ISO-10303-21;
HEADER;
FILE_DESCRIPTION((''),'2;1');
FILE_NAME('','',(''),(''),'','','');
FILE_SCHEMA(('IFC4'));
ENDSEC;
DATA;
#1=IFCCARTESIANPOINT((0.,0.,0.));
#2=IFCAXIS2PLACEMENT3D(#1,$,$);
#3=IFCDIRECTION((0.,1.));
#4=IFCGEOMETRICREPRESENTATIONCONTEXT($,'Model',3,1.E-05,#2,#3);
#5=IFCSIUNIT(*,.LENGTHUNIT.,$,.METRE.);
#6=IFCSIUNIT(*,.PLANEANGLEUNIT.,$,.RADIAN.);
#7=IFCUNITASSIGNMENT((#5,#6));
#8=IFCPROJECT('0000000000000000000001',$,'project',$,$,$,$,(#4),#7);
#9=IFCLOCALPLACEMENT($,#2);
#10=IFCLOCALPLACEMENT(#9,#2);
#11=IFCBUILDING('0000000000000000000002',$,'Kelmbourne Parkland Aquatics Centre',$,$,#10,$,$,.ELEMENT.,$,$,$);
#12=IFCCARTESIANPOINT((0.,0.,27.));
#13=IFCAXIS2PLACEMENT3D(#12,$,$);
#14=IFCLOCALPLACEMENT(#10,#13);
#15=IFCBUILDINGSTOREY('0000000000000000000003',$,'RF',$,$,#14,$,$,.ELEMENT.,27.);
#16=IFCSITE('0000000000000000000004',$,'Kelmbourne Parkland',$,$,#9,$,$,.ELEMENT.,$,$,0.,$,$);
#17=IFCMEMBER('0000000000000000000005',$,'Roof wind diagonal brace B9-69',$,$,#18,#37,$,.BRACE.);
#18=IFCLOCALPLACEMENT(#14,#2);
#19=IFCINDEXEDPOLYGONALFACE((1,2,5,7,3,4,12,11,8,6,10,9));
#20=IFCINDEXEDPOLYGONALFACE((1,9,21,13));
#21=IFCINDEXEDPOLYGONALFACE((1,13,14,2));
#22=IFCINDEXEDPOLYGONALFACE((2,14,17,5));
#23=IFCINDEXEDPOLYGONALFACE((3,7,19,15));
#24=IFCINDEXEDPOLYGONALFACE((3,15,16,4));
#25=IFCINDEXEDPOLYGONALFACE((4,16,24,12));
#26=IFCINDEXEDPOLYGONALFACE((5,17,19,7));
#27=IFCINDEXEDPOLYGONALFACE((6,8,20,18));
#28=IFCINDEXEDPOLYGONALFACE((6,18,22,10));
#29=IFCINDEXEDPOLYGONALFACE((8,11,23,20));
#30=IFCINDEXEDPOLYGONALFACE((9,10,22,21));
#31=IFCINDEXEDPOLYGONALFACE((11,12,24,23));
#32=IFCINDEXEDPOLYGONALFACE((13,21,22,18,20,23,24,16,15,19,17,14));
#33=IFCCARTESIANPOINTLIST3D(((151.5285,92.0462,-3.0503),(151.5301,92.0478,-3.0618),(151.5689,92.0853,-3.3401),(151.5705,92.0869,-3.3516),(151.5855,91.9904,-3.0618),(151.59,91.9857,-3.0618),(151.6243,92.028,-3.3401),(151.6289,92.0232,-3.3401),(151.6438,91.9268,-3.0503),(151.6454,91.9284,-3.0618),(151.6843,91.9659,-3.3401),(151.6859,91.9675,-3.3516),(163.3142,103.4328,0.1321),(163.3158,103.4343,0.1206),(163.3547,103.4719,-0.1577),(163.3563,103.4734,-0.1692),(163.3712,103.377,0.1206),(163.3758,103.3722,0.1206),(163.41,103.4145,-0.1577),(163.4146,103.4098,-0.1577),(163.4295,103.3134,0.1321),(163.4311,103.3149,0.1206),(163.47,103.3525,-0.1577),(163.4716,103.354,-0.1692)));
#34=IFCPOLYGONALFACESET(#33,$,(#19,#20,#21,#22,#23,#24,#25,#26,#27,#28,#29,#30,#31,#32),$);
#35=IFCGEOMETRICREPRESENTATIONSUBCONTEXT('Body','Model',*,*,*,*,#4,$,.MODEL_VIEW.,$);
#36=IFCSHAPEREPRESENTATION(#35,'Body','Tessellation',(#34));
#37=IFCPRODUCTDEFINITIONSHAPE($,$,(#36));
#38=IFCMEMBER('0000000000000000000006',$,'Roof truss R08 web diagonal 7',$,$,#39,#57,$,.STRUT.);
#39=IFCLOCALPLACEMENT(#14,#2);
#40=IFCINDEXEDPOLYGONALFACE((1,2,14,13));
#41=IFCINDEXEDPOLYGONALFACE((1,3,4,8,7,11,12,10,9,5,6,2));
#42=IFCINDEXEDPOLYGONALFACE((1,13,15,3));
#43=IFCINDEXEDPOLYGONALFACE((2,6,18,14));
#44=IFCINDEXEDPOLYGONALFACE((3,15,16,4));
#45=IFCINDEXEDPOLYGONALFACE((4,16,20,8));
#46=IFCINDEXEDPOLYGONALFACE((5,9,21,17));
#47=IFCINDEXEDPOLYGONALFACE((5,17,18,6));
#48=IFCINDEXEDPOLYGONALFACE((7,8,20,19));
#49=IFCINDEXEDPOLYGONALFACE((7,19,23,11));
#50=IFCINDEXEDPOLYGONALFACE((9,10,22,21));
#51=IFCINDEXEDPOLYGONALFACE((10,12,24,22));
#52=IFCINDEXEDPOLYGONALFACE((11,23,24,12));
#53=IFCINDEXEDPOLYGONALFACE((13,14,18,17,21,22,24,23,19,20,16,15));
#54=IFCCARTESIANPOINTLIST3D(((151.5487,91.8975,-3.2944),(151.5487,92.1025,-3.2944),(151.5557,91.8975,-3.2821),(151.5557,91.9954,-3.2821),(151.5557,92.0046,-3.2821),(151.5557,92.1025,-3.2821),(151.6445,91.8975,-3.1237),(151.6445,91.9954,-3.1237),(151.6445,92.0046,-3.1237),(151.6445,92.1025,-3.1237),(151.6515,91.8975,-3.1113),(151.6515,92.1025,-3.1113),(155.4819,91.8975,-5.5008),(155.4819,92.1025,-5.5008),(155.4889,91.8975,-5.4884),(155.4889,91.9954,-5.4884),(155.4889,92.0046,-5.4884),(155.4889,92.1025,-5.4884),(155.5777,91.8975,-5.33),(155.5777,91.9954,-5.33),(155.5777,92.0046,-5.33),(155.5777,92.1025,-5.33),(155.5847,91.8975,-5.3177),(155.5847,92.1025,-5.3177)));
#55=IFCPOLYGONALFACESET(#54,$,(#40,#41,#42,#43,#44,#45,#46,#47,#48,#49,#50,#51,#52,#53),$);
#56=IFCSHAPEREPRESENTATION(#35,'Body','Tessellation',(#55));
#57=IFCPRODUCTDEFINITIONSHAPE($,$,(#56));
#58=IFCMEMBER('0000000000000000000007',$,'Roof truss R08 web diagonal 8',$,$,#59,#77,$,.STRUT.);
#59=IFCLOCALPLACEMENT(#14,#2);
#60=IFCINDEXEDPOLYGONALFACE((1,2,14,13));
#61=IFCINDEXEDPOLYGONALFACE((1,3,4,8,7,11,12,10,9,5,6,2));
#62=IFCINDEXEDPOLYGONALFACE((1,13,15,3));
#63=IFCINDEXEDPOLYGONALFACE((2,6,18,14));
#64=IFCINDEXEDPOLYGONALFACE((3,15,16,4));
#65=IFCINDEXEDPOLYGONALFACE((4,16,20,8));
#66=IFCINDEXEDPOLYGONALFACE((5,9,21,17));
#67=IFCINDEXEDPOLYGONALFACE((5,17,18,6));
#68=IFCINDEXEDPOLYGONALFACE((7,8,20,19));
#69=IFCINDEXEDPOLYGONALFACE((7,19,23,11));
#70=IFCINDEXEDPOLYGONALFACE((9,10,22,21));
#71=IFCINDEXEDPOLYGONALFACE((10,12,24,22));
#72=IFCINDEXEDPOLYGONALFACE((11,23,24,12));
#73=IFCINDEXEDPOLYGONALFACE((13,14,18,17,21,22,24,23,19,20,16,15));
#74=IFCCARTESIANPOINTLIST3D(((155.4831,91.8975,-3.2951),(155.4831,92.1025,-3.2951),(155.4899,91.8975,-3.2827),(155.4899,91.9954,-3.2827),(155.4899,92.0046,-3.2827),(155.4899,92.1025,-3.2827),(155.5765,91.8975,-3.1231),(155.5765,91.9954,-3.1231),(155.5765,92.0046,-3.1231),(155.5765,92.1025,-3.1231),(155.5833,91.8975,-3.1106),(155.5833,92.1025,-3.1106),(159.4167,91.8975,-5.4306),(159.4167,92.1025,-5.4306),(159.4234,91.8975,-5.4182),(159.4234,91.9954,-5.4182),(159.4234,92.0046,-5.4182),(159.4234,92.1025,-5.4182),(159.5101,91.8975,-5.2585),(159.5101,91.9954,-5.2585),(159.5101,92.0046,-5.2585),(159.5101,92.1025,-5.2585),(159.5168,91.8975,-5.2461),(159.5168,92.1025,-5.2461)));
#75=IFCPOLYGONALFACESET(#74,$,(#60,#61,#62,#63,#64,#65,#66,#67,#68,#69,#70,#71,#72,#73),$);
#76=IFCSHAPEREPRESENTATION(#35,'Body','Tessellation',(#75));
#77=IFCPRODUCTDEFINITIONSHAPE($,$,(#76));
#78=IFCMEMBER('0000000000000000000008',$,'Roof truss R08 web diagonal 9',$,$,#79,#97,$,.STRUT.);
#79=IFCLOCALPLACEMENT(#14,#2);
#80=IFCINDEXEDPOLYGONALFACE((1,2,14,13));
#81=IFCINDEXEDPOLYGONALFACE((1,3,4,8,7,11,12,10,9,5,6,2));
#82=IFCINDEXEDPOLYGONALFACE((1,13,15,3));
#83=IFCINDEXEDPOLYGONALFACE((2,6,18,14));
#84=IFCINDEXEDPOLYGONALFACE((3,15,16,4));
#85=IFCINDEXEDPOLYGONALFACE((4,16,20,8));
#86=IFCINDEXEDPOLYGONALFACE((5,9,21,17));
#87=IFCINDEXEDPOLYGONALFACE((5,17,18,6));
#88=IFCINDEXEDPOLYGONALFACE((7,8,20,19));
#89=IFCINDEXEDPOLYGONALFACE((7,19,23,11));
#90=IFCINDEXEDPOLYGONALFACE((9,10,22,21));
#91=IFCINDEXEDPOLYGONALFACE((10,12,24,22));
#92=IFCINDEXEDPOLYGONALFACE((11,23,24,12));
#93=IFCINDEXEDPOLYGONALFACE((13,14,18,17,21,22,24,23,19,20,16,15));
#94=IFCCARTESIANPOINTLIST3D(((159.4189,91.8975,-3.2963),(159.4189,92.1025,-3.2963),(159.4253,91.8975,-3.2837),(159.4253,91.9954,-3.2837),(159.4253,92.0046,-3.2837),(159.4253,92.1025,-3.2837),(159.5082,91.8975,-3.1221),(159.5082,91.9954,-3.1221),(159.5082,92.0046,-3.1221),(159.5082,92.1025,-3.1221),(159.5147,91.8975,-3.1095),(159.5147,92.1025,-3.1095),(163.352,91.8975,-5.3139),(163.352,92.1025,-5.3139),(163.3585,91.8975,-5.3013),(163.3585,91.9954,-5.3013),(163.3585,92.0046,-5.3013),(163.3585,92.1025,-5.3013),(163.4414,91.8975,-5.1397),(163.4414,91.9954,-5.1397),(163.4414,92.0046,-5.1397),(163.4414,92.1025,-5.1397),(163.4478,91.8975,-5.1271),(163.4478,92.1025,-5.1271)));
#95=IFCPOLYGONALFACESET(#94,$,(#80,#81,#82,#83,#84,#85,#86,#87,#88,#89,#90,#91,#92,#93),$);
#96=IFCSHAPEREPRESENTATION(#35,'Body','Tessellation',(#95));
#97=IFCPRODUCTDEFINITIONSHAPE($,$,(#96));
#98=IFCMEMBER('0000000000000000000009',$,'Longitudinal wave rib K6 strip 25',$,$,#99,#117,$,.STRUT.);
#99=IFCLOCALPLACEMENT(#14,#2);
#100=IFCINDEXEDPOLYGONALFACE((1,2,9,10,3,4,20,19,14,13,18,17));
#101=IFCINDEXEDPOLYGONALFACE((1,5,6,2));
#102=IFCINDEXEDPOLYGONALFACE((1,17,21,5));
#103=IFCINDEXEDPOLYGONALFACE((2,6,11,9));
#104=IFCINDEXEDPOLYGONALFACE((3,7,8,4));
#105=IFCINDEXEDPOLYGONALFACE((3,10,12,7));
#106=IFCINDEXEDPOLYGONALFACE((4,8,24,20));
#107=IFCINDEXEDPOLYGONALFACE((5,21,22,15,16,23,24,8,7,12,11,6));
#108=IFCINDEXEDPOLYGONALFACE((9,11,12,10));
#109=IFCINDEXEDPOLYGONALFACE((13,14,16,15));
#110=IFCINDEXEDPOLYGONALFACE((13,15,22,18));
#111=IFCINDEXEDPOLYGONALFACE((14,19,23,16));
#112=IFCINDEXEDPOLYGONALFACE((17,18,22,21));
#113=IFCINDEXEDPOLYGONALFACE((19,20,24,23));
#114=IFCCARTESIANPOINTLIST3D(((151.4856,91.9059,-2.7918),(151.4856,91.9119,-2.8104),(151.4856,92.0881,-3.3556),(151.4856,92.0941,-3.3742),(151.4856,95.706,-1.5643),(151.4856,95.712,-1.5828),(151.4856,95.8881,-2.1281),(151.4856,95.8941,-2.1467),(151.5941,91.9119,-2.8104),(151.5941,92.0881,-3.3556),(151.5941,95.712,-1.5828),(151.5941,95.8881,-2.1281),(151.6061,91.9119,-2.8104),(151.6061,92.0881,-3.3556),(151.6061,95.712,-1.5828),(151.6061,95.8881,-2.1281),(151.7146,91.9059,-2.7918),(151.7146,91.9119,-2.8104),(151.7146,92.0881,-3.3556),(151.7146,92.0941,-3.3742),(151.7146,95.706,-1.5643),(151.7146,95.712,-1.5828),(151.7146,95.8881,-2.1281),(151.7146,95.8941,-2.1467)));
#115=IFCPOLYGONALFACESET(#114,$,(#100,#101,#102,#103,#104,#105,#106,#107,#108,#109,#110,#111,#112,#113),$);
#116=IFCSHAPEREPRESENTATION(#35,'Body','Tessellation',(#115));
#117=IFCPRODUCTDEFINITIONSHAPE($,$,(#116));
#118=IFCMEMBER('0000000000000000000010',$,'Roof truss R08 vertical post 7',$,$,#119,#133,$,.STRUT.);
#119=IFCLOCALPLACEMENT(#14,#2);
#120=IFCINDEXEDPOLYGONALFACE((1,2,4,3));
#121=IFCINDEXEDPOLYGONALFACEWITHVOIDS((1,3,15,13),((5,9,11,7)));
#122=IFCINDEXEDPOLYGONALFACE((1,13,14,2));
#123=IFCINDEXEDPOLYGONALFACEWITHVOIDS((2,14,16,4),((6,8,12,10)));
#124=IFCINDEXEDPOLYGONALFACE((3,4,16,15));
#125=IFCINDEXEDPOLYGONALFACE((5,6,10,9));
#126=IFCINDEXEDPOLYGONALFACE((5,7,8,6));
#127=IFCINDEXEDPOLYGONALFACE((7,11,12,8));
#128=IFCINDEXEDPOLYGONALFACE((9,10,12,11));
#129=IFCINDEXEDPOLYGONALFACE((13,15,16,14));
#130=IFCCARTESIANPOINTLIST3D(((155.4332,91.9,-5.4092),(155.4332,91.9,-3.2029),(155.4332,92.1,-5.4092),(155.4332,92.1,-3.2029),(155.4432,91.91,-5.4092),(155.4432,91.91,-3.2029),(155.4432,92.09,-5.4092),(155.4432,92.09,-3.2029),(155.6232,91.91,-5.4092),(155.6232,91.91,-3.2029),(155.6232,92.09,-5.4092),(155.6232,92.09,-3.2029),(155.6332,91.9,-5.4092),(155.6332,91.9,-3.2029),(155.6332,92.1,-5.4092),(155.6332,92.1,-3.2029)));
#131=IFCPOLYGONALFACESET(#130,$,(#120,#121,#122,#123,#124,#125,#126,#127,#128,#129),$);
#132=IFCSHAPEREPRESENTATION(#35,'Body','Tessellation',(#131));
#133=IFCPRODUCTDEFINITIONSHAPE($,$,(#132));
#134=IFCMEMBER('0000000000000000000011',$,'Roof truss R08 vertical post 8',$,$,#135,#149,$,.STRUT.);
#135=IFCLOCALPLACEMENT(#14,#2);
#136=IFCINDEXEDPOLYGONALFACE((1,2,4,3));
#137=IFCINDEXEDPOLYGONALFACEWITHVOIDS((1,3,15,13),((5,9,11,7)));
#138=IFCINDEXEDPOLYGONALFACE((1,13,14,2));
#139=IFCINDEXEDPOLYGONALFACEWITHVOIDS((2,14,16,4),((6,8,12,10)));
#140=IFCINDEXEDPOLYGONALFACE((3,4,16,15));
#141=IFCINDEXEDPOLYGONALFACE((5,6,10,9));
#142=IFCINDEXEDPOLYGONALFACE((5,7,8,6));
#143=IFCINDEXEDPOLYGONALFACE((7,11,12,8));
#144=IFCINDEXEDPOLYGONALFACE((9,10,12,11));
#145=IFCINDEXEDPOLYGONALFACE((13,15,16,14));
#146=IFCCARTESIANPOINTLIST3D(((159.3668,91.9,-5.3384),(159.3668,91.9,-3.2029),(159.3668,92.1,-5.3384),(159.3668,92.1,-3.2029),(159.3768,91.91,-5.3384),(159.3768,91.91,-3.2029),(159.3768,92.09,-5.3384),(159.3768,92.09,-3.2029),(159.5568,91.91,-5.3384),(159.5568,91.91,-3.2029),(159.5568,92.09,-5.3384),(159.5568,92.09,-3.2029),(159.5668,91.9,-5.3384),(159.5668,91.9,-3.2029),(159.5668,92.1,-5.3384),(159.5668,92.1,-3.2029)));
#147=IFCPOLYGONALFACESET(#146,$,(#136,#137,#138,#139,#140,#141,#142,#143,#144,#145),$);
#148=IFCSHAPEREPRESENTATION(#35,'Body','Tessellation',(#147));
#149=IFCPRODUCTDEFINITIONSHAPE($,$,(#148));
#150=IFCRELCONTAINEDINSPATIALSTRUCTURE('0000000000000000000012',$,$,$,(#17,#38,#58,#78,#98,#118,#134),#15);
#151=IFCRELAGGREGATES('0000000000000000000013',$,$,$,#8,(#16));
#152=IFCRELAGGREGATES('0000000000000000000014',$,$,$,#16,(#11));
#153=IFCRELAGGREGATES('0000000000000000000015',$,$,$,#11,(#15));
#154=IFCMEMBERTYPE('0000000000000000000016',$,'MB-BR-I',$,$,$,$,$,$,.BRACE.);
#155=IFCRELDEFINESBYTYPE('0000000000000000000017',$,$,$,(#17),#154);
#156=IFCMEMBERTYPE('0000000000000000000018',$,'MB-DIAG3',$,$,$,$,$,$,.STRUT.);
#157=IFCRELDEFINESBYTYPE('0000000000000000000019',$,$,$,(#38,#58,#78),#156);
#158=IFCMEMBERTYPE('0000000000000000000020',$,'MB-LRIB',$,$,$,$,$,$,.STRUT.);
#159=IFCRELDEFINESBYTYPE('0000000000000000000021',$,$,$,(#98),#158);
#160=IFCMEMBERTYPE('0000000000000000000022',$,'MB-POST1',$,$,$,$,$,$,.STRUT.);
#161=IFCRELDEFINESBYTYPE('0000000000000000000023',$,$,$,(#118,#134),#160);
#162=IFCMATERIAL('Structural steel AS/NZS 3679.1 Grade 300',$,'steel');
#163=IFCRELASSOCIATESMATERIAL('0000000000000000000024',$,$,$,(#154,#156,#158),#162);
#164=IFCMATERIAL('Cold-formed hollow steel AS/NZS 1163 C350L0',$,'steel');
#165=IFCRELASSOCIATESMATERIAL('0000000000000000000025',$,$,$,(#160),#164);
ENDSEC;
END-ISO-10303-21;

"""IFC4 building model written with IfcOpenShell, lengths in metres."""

from ifc_helpers import new_model, si_unit, direction, frame, origin, origin_2d, place, context, subcontext, project, spatial, hollow_rectangle, i_section, extrude, material, material_profile, profile_set, type_object, element, save


model = new_model("IFC4")

# Units and contexts
model_context = context("Model", 3, precision=1e-05, world=origin(), true_north=direction((0.0, 1.0)))
body_context = subcontext(model_context, "Body", "Model", "MODEL_VIEW")
ifc_project = project(units=[si_unit("LENGTHUNIT", "METRE"), si_unit("PLANEANGLEUNIT", "RADIAN")], contexts=[model_context])

# Site, building, storey
site_placement = place(None, origin())
site = spatial("IfcSite", under=ifc_project, at=site_placement, Name="Kelmbourne Parkland", CompositionType="ELEMENT", RefElevation=0.0)
building_placement = place(site_placement, origin())
building = spatial("IfcBuilding", under=site, at=building_placement, Name="Kelmbourne Parkland Aquatics Centre", CompositionType="ELEMENT")
storey_placement = place(building_placement, frame((0.0, 0.0, 27.0)))
storey = spatial("IfcBuildingStorey", under=building, at=storey_placement, Name="RF", CompositionType="ELEMENT", Elevation=27.0)

# Members
ifc_material_1 = material(Name="Structural steel AS/NZS 3679.1 Grade 300", Category="steel")
ifc_material_profile_1 = material_profile(ifc_material_1, i_section(OverallWidth=0.166, OverallDepth=0.3069, WebThickness=0.0066, FlangeThickness=0.0117, at=origin_2d()), Name="310UB46.2")
ifc_profile_set_1 = profile_set([ifc_material_profile_1], Name="Structural steel AS/NZS 3679.1 Grade 300")
member_type_1 = type_object("IfcMemberType", Name="MB-BR-I", PredefinedType="BRACE", material=ifc_profile_set_1)
member_1_placement = place(storey_placement, frame((151.6072, 92.0068, -3.2009), z_axis=(0.705992, 0.682081, 0.190633), x_axis=(-0.694823, 0.719181, 0.0)))
element("IfcMember", 1, at=member_1_placement, inside=storey, type_object=member_type_1, Name="Roof wind diagonal brace B9-69", PredefinedType="BRACE", context=body_context, shape_type="SweptSolid", body=[
    extrude(i_section(OverallWidth=0.166, OverallDepth=0.3069, WebThickness=0.0066, FlangeThickness=0.0117, at=origin_2d()), origin(), (0.0, 0.0, 1.0), 16.6938),
])
ifc_material_profile_2 = material_profile(ifc_material_1, i_section(OverallWidth=0.2051, OverallDepth=0.21, WebThickness=0.0093, FlangeThickness=0.0142, at=origin_2d()), Name="200UC59.5")
ifc_profile_set_2 = profile_set([ifc_material_profile_2], Name="Structural steel AS/NZS 3679.1 Grade 300")
member_type_2 = type_object("IfcMemberType", Name="MB-DIAG3", PredefinedType="STRUT", material=ifc_profile_set_2)
member_2_placement = place(storey_placement, frame((151.6001, 92.0, -3.2029), z_axis=(0.87215, 0.0, -0.489238), x_axis=(0.0, 1.0, 0.0)))
element("IfcMember", 2, at=member_2_placement, inside=storey, type_object=member_type_2, Name="Roof truss R08 web diagonal 7", PredefinedType="STRUT", context=body_context, shape_type="SweptSolid", body=[
    extrude(i_section(OverallWidth=0.2051, OverallDepth=0.21, WebThickness=0.0093, FlangeThickness=0.0142, at=origin_2d()), origin(), (0.0, 0.0, 1.0), 4.5098),
])
member_3_placement = place(storey_placement, frame((155.5332, 92.0, -3.2029), z_axis=(0.878842, 0.0, -0.477112), x_axis=(0.0, 1.0, 0.0)))
element("IfcMember", 3, at=member_3_placement, inside=storey, type_object=member_type_2, Name="Roof truss R08 web diagonal 8", PredefinedType="STRUT", context=body_context, shape_type="SweptSolid", body=[
    extrude(i_section(OverallWidth=0.2051, OverallDepth=0.21, WebThickness=0.0093, FlangeThickness=0.0142, at=origin_2d()), origin(), (0.0, 0.0, 1.0), 4.4758),
])
member_4_placement = place(storey_placement, frame((159.4668, 92.0, -3.2029), z_axis=(0.889762, 0.0, -0.456424), x_axis=(0.0, 1.0, 0.0)))
element("IfcMember", 4, at=member_4_placement, inside=storey, type_object=member_type_2, Name="Roof truss R08 web diagonal 9", PredefinedType="STRUT", context=body_context, shape_type="SweptSolid", body=[
    extrude(i_section(OverallWidth=0.2051, OverallDepth=0.21, WebThickness=0.0093, FlangeThickness=0.0142, at=origin_2d()), origin(), (0.0, 0.0, 1.0), 4.4204),
])
ifc_material_profile_3 = material_profile(ifc_material_1, i_section(OverallWidth=0.229, OverallDepth=0.6121, WebThickness=0.012, FlangeThickness=0.0195, at=origin_2d()), Name="610UB125")
ifc_profile_set_3 = profile_set([ifc_material_profile_3], Name="Structural steel AS/NZS 3679.1 Grade 300")
member_type_3 = type_object("IfcMemberType", Name="MB-LRIB", PredefinedType="STRUT", material=ifc_profile_set_3)
member_5_placement = place(storey_placement, frame((151.6001, 92.0, -3.083), z_axis=(0.0, 0.951583, 0.307392), x_axis=(-1.0, 0.0, 0.0)))
element("IfcMember", 5, at=member_5_placement, inside=storey, type_object=member_type_3, Name="Longitudinal wave rib K6 strip 25", PredefinedType="STRUT", context=body_context, shape_type="SweptSolid", body=[
    extrude(i_section(OverallWidth=0.229, OverallDepth=0.6121, WebThickness=0.012, FlangeThickness=0.0195, at=origin_2d()), origin(), (0.0, 0.0, 1.0), 3.9934),
])
ifc_material_2 = material(Name="Cold-formed hollow steel AS/NZS 1163 C350L0", Category="steel")
ifc_material_profile_4 = material_profile(ifc_material_2, hollow_rectangle(XDim=0.2, YDim=0.2, WallThickness=0.01, at=origin_2d()), Name="SHS 200x200x10.0")
ifc_profile_set_4 = profile_set([ifc_material_profile_4], Name="Cold-formed hollow steel AS/NZS 1163 C350L0")
member_type_4 = type_object("IfcMemberType", Name="MB-POST1", PredefinedType="STRUT", material=ifc_profile_set_4)
member_6_placement = place(storey_placement, frame((155.5332, 92.0, -5.4092), z_axis=(0.0, 0.0, 1.0), x_axis=(1.0, 0.0, 0.0)))
element("IfcMember", 6, at=member_6_placement, inside=storey, type_object=member_type_4, Name="Roof truss R08 vertical post 7", PredefinedType="STRUT", context=body_context, shape_type="SweptSolid", body=[
    extrude(hollow_rectangle(XDim=0.2, YDim=0.2, WallThickness=0.01, at=origin_2d()), origin(), (0.0, 0.0, 1.0), 2.2063),
])
member_7_placement = place(storey_placement, frame((159.4668, 92.0, -5.3384), z_axis=(0.0, 0.0, 1.0), x_axis=(1.0, 0.0, 0.0)))
element("IfcMember", 7, at=member_7_placement, inside=storey, type_object=member_type_4, Name="Roof truss R08 vertical post 8", PredefinedType="STRUT", context=body_context, shape_type="SweptSolid", body=[
    extrude(hollow_rectangle(XDim=0.2, YDim=0.2, WallThickness=0.01, at=origin_2d()), origin(), (0.0, 0.0, 1.0), 2.1355),
])

save(model, "model.ifc")
